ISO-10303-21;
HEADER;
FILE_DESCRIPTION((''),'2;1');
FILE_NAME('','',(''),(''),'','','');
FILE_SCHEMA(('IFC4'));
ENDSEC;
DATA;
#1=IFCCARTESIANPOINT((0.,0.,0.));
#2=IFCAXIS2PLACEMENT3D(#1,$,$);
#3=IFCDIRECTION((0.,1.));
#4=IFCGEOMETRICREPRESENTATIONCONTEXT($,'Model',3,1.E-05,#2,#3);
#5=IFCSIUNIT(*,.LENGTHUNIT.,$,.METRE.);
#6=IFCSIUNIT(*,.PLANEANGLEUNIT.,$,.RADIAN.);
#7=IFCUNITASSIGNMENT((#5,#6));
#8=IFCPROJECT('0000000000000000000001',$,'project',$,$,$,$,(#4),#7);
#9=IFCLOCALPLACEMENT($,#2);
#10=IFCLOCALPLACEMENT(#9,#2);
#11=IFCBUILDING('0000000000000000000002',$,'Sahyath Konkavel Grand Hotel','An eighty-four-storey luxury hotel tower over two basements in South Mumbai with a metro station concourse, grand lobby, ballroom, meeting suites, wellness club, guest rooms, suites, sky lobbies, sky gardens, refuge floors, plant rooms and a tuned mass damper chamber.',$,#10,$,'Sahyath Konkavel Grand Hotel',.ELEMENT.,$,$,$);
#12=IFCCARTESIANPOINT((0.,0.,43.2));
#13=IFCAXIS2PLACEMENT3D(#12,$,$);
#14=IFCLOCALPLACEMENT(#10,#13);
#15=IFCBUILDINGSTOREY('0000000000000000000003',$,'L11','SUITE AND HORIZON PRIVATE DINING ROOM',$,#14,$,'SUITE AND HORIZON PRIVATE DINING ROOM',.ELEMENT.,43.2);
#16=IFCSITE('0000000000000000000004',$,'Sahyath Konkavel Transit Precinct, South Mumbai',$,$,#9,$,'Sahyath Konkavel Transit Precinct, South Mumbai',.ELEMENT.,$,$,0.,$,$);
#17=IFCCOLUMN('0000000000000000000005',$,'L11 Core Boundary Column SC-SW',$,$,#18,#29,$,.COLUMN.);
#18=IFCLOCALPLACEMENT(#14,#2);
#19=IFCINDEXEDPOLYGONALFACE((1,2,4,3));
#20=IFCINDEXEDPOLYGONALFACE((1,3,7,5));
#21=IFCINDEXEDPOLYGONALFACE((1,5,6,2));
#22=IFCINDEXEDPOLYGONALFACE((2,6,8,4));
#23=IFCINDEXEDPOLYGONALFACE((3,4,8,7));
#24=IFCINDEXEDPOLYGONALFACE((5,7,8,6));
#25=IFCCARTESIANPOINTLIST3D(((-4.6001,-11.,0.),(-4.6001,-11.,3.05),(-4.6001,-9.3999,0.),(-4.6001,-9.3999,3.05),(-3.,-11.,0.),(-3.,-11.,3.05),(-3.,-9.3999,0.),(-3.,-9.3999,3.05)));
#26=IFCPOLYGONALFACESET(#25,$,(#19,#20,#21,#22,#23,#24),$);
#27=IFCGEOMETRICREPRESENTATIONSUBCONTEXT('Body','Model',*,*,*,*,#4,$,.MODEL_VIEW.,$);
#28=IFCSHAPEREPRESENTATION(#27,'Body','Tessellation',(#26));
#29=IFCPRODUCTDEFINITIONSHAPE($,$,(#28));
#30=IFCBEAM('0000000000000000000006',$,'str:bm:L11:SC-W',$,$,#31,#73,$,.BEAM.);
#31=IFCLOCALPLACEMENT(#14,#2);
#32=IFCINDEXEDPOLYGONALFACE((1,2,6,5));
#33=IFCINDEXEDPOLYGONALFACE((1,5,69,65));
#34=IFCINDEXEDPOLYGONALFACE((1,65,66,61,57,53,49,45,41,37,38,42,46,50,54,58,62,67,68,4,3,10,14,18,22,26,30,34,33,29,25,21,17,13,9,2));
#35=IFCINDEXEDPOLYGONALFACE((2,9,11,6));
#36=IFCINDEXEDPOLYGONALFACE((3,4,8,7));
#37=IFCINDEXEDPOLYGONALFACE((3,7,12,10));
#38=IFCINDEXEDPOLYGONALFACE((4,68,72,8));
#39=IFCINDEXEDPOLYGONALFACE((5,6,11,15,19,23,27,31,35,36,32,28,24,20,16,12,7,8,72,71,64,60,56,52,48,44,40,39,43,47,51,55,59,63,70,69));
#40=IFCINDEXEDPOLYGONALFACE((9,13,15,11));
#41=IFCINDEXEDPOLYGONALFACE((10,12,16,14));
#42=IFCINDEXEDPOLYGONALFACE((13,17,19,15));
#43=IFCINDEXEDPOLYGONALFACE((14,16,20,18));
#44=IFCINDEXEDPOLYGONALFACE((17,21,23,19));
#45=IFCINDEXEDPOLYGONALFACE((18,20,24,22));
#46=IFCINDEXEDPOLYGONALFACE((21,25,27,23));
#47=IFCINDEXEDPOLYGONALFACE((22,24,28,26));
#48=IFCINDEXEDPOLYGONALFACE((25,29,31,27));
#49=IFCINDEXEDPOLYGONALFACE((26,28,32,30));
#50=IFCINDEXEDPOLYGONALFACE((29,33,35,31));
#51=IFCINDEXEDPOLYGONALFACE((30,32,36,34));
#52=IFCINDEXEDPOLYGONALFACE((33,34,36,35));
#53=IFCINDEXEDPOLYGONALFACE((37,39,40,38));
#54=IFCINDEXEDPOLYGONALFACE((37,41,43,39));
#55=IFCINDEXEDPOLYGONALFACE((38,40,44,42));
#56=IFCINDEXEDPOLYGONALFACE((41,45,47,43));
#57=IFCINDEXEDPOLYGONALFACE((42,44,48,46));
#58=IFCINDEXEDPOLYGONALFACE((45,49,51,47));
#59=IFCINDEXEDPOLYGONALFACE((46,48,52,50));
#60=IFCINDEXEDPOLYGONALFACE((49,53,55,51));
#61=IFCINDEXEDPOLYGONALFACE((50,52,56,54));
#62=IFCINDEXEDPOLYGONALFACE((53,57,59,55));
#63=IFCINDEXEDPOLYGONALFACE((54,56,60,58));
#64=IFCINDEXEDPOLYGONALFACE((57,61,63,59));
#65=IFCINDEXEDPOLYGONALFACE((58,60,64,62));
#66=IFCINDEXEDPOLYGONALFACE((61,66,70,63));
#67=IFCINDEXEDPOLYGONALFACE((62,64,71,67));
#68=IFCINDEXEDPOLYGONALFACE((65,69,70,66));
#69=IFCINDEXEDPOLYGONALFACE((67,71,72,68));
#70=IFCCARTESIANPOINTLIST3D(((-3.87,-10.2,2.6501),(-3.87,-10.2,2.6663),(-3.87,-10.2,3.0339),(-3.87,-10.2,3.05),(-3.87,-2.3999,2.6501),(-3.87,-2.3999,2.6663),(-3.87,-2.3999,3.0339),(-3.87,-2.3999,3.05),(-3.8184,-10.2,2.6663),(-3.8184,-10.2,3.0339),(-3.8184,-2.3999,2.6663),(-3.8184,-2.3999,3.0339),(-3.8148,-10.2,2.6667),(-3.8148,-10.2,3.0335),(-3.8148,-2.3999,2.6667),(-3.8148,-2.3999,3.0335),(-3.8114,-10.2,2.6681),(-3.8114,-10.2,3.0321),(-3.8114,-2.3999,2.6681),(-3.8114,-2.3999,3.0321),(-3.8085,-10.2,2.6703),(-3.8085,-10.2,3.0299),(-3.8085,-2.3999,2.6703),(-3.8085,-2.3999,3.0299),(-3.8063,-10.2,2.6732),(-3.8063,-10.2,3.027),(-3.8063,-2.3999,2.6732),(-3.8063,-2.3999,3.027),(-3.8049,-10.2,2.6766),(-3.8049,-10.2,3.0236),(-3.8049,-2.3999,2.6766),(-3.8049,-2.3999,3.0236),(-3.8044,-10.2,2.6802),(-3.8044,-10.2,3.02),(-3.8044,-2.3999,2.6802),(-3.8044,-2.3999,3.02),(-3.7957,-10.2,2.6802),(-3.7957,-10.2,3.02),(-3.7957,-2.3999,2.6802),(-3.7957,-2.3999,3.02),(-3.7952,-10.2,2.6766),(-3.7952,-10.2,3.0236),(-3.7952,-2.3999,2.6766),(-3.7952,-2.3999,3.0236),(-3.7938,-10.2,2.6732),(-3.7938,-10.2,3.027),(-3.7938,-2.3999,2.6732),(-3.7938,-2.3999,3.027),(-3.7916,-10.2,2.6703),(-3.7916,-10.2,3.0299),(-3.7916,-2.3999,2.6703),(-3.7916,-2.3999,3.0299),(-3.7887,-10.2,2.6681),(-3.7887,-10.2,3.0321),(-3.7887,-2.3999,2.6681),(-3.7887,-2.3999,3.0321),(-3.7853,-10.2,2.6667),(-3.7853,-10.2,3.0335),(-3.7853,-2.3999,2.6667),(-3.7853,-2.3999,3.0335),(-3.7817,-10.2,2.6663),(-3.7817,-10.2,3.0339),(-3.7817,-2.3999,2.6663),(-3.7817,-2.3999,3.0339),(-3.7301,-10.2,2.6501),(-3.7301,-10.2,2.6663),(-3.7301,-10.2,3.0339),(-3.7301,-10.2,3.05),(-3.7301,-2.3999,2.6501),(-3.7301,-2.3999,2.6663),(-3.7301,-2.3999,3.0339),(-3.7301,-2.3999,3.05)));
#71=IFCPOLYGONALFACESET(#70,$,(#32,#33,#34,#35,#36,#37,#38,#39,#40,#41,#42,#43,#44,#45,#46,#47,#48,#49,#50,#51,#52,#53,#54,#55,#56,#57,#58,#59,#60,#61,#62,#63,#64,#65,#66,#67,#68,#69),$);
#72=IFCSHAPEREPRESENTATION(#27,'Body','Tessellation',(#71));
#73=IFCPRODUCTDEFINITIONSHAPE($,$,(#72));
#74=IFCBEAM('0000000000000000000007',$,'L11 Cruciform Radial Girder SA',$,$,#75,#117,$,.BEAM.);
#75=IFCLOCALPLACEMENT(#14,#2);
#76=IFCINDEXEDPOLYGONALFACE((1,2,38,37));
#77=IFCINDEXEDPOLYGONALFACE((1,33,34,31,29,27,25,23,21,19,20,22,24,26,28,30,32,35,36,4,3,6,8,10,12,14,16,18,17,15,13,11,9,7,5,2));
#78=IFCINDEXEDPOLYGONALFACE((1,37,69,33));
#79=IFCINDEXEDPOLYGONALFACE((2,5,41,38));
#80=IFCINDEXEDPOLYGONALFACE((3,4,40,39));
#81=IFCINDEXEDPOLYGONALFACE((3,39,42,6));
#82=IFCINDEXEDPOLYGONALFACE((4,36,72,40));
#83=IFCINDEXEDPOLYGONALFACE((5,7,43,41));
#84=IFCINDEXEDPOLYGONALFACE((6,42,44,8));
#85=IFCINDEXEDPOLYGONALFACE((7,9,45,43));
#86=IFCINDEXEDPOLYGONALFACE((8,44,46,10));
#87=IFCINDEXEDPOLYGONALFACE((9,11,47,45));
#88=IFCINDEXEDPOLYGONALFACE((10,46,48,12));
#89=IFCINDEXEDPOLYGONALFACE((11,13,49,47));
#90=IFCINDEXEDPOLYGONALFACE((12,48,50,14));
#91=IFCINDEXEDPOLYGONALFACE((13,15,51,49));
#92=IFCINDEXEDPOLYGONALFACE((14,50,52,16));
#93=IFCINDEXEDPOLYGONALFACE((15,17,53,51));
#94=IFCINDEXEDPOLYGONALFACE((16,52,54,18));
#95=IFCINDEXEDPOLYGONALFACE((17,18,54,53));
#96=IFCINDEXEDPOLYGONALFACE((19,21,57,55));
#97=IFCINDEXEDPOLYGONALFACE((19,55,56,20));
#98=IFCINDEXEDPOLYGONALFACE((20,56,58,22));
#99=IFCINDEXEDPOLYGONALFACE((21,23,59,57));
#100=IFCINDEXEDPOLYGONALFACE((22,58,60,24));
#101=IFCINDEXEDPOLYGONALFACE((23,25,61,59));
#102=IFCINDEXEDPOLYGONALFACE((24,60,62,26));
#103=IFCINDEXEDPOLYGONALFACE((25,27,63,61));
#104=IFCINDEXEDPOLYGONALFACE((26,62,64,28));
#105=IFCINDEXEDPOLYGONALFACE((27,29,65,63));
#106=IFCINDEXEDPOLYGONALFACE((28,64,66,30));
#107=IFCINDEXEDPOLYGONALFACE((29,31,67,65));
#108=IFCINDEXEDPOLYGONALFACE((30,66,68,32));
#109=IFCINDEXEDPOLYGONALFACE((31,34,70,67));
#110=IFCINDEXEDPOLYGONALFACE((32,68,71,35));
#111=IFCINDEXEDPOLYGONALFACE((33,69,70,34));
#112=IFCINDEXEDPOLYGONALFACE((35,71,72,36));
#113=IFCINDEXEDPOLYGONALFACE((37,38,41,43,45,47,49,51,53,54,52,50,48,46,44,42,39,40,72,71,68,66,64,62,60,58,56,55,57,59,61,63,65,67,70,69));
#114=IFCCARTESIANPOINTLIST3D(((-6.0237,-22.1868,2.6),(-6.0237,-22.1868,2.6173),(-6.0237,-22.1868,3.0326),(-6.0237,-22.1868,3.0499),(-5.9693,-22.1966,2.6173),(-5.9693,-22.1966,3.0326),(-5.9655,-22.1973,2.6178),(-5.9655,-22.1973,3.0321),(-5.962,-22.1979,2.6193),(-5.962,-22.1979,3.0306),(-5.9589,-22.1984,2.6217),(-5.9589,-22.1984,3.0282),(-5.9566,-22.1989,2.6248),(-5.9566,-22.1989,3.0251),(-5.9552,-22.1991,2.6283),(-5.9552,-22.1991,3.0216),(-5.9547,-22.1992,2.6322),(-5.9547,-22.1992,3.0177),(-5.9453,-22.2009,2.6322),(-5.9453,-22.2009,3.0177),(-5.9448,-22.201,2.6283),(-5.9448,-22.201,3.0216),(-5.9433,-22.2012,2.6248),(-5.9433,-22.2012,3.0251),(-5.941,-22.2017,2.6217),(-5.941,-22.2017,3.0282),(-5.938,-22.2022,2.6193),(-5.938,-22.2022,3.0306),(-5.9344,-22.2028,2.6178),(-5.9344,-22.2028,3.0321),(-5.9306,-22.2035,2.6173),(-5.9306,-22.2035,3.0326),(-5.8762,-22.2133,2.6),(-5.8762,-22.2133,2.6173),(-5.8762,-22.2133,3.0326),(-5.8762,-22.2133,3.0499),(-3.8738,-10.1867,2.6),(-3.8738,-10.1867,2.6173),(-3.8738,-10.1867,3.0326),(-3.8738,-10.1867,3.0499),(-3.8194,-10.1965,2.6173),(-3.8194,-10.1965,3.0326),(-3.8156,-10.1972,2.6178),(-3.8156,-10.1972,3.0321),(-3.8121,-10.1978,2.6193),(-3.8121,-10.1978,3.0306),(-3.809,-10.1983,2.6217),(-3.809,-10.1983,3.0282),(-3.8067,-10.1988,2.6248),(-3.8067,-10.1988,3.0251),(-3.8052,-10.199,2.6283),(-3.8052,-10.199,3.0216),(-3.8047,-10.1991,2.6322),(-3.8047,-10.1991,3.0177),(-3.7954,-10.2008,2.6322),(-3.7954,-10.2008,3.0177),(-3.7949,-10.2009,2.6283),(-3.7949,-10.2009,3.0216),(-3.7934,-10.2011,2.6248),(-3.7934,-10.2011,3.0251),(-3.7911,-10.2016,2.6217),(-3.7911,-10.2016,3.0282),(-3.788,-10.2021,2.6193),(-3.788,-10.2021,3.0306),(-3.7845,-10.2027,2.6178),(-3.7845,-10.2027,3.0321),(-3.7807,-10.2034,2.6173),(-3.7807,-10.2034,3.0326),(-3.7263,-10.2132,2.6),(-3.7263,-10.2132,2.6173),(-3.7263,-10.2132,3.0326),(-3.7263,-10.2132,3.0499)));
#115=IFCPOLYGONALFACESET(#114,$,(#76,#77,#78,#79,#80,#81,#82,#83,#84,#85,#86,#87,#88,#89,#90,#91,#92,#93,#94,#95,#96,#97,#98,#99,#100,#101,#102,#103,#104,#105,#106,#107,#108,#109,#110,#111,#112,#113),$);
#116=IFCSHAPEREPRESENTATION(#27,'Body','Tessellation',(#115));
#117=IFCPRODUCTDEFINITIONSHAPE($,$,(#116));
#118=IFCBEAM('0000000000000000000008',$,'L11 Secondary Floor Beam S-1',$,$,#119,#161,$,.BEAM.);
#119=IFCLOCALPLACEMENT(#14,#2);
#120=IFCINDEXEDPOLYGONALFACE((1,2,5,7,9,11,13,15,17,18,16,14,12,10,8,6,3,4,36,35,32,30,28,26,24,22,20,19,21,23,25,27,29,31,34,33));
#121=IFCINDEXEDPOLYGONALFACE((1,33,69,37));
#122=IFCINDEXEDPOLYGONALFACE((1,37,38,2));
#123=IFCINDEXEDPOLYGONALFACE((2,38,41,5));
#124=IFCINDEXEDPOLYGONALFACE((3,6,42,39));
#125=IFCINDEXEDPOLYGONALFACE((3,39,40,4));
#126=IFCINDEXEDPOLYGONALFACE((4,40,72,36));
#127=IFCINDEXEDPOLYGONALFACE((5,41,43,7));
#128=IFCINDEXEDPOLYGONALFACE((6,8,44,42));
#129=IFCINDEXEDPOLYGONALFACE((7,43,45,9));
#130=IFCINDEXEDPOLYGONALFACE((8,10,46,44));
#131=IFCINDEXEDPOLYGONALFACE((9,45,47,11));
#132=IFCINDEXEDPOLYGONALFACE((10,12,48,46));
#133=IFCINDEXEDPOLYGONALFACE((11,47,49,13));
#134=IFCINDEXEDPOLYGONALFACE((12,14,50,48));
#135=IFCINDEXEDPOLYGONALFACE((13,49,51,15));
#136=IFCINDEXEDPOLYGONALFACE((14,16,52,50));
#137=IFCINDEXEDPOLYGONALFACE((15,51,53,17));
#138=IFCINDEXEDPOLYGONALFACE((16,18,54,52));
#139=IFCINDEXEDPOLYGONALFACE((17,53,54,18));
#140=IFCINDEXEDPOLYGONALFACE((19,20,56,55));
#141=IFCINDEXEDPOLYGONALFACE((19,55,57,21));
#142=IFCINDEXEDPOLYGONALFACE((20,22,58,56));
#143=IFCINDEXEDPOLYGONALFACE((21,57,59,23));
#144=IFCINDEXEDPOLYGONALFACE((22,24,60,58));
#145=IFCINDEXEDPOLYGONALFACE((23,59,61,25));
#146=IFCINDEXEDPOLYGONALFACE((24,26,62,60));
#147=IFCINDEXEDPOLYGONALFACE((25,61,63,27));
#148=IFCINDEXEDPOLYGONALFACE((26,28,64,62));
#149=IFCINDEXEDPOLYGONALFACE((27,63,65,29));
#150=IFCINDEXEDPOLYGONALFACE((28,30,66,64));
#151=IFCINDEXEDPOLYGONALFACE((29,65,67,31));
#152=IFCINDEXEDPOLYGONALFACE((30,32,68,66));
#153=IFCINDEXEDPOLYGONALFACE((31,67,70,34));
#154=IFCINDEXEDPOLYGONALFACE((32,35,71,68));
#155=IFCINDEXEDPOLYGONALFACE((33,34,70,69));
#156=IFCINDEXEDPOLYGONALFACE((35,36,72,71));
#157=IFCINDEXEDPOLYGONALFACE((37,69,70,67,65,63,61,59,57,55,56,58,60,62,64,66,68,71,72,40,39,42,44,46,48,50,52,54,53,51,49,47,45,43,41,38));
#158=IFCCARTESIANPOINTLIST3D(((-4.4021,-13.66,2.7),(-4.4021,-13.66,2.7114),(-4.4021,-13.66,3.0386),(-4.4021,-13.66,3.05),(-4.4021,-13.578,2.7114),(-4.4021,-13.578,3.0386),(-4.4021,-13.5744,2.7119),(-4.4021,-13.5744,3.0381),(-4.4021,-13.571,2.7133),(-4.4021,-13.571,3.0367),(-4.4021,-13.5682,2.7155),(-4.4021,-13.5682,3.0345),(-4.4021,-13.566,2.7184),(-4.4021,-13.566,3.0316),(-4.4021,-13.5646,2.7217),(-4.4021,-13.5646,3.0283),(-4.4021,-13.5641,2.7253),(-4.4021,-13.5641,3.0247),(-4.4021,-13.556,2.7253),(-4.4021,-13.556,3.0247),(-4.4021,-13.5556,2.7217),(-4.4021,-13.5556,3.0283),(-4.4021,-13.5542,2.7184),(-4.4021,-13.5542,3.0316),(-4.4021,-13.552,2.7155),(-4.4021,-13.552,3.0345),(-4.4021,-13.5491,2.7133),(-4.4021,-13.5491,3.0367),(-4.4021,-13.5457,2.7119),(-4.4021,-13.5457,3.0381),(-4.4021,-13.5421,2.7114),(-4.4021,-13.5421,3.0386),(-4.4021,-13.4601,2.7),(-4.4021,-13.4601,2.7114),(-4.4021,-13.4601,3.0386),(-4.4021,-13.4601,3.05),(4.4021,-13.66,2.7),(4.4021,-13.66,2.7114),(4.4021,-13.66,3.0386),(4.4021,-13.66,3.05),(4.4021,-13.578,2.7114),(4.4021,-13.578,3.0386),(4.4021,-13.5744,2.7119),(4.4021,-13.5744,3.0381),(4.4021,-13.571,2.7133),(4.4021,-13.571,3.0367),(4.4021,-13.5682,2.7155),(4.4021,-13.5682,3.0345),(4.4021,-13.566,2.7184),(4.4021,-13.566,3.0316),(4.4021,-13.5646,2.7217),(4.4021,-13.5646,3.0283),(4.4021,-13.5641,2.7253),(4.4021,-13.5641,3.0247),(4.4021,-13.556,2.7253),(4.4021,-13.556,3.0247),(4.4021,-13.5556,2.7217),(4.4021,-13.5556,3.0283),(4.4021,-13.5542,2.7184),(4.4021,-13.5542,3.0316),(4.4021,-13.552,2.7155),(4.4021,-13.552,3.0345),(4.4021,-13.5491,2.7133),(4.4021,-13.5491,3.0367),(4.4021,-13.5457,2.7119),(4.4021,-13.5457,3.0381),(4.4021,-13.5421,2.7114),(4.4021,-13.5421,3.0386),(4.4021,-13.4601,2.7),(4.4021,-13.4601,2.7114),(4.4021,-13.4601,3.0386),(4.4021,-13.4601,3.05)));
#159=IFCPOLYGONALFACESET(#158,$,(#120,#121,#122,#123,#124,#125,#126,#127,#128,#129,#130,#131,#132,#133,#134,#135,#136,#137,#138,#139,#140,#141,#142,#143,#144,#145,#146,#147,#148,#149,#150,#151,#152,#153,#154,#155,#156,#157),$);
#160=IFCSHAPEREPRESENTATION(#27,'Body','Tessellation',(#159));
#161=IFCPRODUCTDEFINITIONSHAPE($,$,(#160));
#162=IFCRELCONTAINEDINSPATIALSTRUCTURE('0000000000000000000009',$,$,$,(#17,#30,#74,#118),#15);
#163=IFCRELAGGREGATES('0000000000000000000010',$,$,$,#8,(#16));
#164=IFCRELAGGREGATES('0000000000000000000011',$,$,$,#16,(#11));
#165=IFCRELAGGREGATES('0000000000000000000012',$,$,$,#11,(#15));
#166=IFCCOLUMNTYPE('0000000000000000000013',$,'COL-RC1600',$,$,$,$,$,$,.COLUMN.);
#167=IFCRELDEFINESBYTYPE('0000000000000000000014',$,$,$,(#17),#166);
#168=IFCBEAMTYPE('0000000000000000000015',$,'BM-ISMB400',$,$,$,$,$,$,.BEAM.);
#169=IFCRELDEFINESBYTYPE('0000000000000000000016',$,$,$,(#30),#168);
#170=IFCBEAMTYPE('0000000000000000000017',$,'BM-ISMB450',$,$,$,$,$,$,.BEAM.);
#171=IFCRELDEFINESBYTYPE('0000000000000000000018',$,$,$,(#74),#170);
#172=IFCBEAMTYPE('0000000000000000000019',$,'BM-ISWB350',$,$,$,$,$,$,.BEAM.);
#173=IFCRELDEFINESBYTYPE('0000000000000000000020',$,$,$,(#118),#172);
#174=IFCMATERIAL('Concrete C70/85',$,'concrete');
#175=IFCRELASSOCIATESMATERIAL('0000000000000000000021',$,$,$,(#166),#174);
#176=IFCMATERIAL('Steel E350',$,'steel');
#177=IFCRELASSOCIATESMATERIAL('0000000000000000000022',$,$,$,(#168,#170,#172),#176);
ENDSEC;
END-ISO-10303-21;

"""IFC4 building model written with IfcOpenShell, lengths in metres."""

from ifc_helpers import new_model, si_unit, direction, frame, origin, origin_2d, place, context, subcontext, project, spatial, rectangle, i_section, extrude, source, transform, mapped, material, material_profile, profile_set, type_object, element, save


model = new_model("IFC4")

# Units and contexts
model_context = context("Model", 3, precision=1e-05, world=origin(), true_north=direction((0.0, 1.0)))
body_context = subcontext(model_context, "Body", "Model", "MODEL_VIEW")
ifc_project = project(units=[si_unit("LENGTHUNIT", "METRE"), si_unit("PLANEANGLEUNIT", "RADIAN")], contexts=[model_context])

# Site, building, storey
site_placement = place(None, origin())
site = spatial("IfcSite", under=ifc_project, at=site_placement, Name="Sahyath Konkavel Transit Precinct, South Mumbai", LongName="Sahyath Konkavel Transit Precinct, South Mumbai", CompositionType="ELEMENT", RefElevation=0.0)
building_placement = place(site_placement, origin())
building = spatial("IfcBuilding", under=site, at=building_placement, Name="Sahyath Konkavel Grand Hotel", Description="An eighty-four-storey luxury hotel tower over two basements in South Mumbai with a metro station concourse, grand lobby, ballroom, meeting suites, wellness club, guest rooms, suites, sky lobbies, sky gardens, refuge floors, plant rooms and a tuned mass damper chamber.", LongName="Sahyath Konkavel Grand Hotel", CompositionType="ELEMENT")
storey_placement = place(building_placement, frame((0.0, 0.0, 43.2)))
storey = spatial("IfcBuildingStorey", under=building, at=storey_placement, Name="L11", Description="SUITE AND HORIZON PRIVATE DINING ROOM", LongName="SUITE AND HORIZON PRIVATE DINING ROOM", CompositionType="ELEMENT", Elevation=43.2)

# Column
ifc_material_1 = material(Name="Concrete C70/85", Category="concrete")
ifc_material_profile_1 = material_profile(ifc_material_1, rectangle(XDim=1.6001, YDim=1.6001, at=origin_2d()), Name="RC 1600x1600")
ifc_profile_set_1 = profile_set([ifc_material_profile_1], Name="Concrete C70/85")
column_type = type_object("IfcColumnType", Name="COL-RC1600", PredefinedType="COLUMN", material=ifc_profile_set_1)
shared_shape_1 = source(origin(), body_context, "Body", "SweptSolid", [
    extrude(rectangle(XDim=1.6001, YDim=1.6001, at=origin_2d()), origin(), (0.0, 0.0, 1.0), 3.05),
])
column_placement = place(storey_placement, frame((-3.8, -10.2, 0.0), z_axis=(0.0, 0.0, 1.0), x_axis=(1.0, 0.0, 0.0)))
element("IfcColumn", 1, at=column_placement, inside=storey, type_object=column_type, Name="L11 Core Boundary Column SC-SW", PredefinedType="COLUMN", context=body_context, shape_type="MappedRepresentation", body=[
    mapped(shared_shape_1, transform((0.0, 0.0, 0.0), scale=1.0)),
])

# Beams
ifc_material_2 = material(Name="Steel E350", Category="steel")
ifc_material_profile_2 = material_profile(ifc_material_2, i_section(OverallWidth=0.1399, OverallDepth=0.3999, WebThickness=0.0088, FlangeThickness=0.0161, FilletRadius=0.0139, at=origin_2d()), Name="ISMB 400")
ifc_profile_set_2 = profile_set([ifc_material_profile_2], Name="Steel E350")
beam_type_1 = type_object("IfcBeamType", Name="BM-ISMB400", PredefinedType="BEAM", material=ifc_profile_set_2)
shared_shape_2 = source(origin(), body_context, "Body", "SweptSolid", [
    extrude(i_section(OverallWidth=0.1399, OverallDepth=0.3999, WebThickness=0.0088, FlangeThickness=0.0161, FilletRadius=0.0139, at=origin_2d()), origin(), (0.0, 0.0, 1.0), 7.8),
])
beam_1_placement = place(storey_placement, frame((-3.8, -10.2, 2.8501), z_axis=(0.0, 1.0, 0.0), x_axis=(-1.0, 0.0, 0.0)))
element("IfcBeam", 2, at=beam_1_placement, inside=storey, type_object=beam_type_1, Name="str:bm:L11:SC-W", PredefinedType="BEAM", context=body_context, shape_type="MappedRepresentation", body=[
    mapped(shared_shape_2, transform((0.0, 0.0, 0.0), scale=1.0)),
])
ifc_material_profile_3 = material_profile(ifc_material_2, i_section(OverallWidth=0.1499, OverallDepth=0.45, WebThickness=0.0095, FlangeThickness=0.0173, FilletRadius=0.0149, at=origin_2d()), Name="ISMB 450")
ifc_profile_set_3 = profile_set([ifc_material_profile_3], Name="Steel E350")
beam_type_2 = type_object("IfcBeamType", Name="BM-ISMB450", PredefinedType="BEAM", material=ifc_profile_set_3)
shared_shape_3 = source(origin(), body_context, "Body", "SweptSolid", [
    extrude(i_section(OverallWidth=0.1499, OverallDepth=0.45, WebThickness=0.0095, FlangeThickness=0.0173, FilletRadius=0.0149, at=origin_2d()), origin(), (0.0, 0.0, 1.0), 12.1912),
])
beam_2_placement = place(storey_placement, frame((-3.8, -10.2, 2.825), z_axis=(-0.176351, -0.984327, 0.0), x_axis=(0.984327, -0.176351, 0.0)))
element("IfcBeam", 3, at=beam_2_placement, inside=storey, type_object=beam_type_2, Name="L11 Cruciform Radial Girder SA", PredefinedType="BEAM", context=body_context, shape_type="MappedRepresentation", body=[
    mapped(shared_shape_3, transform((0.0, 0.0, 0.0), scale=1.0)),
])
ifc_material_profile_4 = material_profile(ifc_material_2, i_section(OverallWidth=0.2, OverallDepth=0.3501, WebThickness=0.0081, FlangeThickness=0.0115, FilletRadius=0.0139, at=origin_2d()), Name="ISWB 350")
ifc_profile_set_4 = profile_set([ifc_material_profile_4], Name="Steel E350")
beam_type_3 = type_object("IfcBeamType", Name="BM-ISWB350", PredefinedType="BEAM", material=ifc_profile_set_4)
shared_shape_4 = source(origin(), body_context, "Body", "SweptSolid", [
    extrude(i_section(OverallWidth=0.2, OverallDepth=0.3501, WebThickness=0.0081, FlangeThickness=0.0115, FilletRadius=0.0139, at=origin_2d()), origin(), (0.0, 0.0, 1.0), 8.8042),
])
beam_3_placement = place(storey_placement, frame((-4.4021, -13.5601, 2.875), z_axis=(1.0, 0.0, 0.0), x_axis=(0.0, 1.0, 0.0)))
element("IfcBeam", 4, at=beam_3_placement, inside=storey, type_object=beam_type_3, Name="L11 Secondary Floor Beam S-1", PredefinedType="BEAM", context=body_context, shape_type="MappedRepresentation", body=[
    mapped(shared_shape_4, transform((0.0, 0.0, 0.0), scale=1.0)),
])

save(model, "model.ifc")
